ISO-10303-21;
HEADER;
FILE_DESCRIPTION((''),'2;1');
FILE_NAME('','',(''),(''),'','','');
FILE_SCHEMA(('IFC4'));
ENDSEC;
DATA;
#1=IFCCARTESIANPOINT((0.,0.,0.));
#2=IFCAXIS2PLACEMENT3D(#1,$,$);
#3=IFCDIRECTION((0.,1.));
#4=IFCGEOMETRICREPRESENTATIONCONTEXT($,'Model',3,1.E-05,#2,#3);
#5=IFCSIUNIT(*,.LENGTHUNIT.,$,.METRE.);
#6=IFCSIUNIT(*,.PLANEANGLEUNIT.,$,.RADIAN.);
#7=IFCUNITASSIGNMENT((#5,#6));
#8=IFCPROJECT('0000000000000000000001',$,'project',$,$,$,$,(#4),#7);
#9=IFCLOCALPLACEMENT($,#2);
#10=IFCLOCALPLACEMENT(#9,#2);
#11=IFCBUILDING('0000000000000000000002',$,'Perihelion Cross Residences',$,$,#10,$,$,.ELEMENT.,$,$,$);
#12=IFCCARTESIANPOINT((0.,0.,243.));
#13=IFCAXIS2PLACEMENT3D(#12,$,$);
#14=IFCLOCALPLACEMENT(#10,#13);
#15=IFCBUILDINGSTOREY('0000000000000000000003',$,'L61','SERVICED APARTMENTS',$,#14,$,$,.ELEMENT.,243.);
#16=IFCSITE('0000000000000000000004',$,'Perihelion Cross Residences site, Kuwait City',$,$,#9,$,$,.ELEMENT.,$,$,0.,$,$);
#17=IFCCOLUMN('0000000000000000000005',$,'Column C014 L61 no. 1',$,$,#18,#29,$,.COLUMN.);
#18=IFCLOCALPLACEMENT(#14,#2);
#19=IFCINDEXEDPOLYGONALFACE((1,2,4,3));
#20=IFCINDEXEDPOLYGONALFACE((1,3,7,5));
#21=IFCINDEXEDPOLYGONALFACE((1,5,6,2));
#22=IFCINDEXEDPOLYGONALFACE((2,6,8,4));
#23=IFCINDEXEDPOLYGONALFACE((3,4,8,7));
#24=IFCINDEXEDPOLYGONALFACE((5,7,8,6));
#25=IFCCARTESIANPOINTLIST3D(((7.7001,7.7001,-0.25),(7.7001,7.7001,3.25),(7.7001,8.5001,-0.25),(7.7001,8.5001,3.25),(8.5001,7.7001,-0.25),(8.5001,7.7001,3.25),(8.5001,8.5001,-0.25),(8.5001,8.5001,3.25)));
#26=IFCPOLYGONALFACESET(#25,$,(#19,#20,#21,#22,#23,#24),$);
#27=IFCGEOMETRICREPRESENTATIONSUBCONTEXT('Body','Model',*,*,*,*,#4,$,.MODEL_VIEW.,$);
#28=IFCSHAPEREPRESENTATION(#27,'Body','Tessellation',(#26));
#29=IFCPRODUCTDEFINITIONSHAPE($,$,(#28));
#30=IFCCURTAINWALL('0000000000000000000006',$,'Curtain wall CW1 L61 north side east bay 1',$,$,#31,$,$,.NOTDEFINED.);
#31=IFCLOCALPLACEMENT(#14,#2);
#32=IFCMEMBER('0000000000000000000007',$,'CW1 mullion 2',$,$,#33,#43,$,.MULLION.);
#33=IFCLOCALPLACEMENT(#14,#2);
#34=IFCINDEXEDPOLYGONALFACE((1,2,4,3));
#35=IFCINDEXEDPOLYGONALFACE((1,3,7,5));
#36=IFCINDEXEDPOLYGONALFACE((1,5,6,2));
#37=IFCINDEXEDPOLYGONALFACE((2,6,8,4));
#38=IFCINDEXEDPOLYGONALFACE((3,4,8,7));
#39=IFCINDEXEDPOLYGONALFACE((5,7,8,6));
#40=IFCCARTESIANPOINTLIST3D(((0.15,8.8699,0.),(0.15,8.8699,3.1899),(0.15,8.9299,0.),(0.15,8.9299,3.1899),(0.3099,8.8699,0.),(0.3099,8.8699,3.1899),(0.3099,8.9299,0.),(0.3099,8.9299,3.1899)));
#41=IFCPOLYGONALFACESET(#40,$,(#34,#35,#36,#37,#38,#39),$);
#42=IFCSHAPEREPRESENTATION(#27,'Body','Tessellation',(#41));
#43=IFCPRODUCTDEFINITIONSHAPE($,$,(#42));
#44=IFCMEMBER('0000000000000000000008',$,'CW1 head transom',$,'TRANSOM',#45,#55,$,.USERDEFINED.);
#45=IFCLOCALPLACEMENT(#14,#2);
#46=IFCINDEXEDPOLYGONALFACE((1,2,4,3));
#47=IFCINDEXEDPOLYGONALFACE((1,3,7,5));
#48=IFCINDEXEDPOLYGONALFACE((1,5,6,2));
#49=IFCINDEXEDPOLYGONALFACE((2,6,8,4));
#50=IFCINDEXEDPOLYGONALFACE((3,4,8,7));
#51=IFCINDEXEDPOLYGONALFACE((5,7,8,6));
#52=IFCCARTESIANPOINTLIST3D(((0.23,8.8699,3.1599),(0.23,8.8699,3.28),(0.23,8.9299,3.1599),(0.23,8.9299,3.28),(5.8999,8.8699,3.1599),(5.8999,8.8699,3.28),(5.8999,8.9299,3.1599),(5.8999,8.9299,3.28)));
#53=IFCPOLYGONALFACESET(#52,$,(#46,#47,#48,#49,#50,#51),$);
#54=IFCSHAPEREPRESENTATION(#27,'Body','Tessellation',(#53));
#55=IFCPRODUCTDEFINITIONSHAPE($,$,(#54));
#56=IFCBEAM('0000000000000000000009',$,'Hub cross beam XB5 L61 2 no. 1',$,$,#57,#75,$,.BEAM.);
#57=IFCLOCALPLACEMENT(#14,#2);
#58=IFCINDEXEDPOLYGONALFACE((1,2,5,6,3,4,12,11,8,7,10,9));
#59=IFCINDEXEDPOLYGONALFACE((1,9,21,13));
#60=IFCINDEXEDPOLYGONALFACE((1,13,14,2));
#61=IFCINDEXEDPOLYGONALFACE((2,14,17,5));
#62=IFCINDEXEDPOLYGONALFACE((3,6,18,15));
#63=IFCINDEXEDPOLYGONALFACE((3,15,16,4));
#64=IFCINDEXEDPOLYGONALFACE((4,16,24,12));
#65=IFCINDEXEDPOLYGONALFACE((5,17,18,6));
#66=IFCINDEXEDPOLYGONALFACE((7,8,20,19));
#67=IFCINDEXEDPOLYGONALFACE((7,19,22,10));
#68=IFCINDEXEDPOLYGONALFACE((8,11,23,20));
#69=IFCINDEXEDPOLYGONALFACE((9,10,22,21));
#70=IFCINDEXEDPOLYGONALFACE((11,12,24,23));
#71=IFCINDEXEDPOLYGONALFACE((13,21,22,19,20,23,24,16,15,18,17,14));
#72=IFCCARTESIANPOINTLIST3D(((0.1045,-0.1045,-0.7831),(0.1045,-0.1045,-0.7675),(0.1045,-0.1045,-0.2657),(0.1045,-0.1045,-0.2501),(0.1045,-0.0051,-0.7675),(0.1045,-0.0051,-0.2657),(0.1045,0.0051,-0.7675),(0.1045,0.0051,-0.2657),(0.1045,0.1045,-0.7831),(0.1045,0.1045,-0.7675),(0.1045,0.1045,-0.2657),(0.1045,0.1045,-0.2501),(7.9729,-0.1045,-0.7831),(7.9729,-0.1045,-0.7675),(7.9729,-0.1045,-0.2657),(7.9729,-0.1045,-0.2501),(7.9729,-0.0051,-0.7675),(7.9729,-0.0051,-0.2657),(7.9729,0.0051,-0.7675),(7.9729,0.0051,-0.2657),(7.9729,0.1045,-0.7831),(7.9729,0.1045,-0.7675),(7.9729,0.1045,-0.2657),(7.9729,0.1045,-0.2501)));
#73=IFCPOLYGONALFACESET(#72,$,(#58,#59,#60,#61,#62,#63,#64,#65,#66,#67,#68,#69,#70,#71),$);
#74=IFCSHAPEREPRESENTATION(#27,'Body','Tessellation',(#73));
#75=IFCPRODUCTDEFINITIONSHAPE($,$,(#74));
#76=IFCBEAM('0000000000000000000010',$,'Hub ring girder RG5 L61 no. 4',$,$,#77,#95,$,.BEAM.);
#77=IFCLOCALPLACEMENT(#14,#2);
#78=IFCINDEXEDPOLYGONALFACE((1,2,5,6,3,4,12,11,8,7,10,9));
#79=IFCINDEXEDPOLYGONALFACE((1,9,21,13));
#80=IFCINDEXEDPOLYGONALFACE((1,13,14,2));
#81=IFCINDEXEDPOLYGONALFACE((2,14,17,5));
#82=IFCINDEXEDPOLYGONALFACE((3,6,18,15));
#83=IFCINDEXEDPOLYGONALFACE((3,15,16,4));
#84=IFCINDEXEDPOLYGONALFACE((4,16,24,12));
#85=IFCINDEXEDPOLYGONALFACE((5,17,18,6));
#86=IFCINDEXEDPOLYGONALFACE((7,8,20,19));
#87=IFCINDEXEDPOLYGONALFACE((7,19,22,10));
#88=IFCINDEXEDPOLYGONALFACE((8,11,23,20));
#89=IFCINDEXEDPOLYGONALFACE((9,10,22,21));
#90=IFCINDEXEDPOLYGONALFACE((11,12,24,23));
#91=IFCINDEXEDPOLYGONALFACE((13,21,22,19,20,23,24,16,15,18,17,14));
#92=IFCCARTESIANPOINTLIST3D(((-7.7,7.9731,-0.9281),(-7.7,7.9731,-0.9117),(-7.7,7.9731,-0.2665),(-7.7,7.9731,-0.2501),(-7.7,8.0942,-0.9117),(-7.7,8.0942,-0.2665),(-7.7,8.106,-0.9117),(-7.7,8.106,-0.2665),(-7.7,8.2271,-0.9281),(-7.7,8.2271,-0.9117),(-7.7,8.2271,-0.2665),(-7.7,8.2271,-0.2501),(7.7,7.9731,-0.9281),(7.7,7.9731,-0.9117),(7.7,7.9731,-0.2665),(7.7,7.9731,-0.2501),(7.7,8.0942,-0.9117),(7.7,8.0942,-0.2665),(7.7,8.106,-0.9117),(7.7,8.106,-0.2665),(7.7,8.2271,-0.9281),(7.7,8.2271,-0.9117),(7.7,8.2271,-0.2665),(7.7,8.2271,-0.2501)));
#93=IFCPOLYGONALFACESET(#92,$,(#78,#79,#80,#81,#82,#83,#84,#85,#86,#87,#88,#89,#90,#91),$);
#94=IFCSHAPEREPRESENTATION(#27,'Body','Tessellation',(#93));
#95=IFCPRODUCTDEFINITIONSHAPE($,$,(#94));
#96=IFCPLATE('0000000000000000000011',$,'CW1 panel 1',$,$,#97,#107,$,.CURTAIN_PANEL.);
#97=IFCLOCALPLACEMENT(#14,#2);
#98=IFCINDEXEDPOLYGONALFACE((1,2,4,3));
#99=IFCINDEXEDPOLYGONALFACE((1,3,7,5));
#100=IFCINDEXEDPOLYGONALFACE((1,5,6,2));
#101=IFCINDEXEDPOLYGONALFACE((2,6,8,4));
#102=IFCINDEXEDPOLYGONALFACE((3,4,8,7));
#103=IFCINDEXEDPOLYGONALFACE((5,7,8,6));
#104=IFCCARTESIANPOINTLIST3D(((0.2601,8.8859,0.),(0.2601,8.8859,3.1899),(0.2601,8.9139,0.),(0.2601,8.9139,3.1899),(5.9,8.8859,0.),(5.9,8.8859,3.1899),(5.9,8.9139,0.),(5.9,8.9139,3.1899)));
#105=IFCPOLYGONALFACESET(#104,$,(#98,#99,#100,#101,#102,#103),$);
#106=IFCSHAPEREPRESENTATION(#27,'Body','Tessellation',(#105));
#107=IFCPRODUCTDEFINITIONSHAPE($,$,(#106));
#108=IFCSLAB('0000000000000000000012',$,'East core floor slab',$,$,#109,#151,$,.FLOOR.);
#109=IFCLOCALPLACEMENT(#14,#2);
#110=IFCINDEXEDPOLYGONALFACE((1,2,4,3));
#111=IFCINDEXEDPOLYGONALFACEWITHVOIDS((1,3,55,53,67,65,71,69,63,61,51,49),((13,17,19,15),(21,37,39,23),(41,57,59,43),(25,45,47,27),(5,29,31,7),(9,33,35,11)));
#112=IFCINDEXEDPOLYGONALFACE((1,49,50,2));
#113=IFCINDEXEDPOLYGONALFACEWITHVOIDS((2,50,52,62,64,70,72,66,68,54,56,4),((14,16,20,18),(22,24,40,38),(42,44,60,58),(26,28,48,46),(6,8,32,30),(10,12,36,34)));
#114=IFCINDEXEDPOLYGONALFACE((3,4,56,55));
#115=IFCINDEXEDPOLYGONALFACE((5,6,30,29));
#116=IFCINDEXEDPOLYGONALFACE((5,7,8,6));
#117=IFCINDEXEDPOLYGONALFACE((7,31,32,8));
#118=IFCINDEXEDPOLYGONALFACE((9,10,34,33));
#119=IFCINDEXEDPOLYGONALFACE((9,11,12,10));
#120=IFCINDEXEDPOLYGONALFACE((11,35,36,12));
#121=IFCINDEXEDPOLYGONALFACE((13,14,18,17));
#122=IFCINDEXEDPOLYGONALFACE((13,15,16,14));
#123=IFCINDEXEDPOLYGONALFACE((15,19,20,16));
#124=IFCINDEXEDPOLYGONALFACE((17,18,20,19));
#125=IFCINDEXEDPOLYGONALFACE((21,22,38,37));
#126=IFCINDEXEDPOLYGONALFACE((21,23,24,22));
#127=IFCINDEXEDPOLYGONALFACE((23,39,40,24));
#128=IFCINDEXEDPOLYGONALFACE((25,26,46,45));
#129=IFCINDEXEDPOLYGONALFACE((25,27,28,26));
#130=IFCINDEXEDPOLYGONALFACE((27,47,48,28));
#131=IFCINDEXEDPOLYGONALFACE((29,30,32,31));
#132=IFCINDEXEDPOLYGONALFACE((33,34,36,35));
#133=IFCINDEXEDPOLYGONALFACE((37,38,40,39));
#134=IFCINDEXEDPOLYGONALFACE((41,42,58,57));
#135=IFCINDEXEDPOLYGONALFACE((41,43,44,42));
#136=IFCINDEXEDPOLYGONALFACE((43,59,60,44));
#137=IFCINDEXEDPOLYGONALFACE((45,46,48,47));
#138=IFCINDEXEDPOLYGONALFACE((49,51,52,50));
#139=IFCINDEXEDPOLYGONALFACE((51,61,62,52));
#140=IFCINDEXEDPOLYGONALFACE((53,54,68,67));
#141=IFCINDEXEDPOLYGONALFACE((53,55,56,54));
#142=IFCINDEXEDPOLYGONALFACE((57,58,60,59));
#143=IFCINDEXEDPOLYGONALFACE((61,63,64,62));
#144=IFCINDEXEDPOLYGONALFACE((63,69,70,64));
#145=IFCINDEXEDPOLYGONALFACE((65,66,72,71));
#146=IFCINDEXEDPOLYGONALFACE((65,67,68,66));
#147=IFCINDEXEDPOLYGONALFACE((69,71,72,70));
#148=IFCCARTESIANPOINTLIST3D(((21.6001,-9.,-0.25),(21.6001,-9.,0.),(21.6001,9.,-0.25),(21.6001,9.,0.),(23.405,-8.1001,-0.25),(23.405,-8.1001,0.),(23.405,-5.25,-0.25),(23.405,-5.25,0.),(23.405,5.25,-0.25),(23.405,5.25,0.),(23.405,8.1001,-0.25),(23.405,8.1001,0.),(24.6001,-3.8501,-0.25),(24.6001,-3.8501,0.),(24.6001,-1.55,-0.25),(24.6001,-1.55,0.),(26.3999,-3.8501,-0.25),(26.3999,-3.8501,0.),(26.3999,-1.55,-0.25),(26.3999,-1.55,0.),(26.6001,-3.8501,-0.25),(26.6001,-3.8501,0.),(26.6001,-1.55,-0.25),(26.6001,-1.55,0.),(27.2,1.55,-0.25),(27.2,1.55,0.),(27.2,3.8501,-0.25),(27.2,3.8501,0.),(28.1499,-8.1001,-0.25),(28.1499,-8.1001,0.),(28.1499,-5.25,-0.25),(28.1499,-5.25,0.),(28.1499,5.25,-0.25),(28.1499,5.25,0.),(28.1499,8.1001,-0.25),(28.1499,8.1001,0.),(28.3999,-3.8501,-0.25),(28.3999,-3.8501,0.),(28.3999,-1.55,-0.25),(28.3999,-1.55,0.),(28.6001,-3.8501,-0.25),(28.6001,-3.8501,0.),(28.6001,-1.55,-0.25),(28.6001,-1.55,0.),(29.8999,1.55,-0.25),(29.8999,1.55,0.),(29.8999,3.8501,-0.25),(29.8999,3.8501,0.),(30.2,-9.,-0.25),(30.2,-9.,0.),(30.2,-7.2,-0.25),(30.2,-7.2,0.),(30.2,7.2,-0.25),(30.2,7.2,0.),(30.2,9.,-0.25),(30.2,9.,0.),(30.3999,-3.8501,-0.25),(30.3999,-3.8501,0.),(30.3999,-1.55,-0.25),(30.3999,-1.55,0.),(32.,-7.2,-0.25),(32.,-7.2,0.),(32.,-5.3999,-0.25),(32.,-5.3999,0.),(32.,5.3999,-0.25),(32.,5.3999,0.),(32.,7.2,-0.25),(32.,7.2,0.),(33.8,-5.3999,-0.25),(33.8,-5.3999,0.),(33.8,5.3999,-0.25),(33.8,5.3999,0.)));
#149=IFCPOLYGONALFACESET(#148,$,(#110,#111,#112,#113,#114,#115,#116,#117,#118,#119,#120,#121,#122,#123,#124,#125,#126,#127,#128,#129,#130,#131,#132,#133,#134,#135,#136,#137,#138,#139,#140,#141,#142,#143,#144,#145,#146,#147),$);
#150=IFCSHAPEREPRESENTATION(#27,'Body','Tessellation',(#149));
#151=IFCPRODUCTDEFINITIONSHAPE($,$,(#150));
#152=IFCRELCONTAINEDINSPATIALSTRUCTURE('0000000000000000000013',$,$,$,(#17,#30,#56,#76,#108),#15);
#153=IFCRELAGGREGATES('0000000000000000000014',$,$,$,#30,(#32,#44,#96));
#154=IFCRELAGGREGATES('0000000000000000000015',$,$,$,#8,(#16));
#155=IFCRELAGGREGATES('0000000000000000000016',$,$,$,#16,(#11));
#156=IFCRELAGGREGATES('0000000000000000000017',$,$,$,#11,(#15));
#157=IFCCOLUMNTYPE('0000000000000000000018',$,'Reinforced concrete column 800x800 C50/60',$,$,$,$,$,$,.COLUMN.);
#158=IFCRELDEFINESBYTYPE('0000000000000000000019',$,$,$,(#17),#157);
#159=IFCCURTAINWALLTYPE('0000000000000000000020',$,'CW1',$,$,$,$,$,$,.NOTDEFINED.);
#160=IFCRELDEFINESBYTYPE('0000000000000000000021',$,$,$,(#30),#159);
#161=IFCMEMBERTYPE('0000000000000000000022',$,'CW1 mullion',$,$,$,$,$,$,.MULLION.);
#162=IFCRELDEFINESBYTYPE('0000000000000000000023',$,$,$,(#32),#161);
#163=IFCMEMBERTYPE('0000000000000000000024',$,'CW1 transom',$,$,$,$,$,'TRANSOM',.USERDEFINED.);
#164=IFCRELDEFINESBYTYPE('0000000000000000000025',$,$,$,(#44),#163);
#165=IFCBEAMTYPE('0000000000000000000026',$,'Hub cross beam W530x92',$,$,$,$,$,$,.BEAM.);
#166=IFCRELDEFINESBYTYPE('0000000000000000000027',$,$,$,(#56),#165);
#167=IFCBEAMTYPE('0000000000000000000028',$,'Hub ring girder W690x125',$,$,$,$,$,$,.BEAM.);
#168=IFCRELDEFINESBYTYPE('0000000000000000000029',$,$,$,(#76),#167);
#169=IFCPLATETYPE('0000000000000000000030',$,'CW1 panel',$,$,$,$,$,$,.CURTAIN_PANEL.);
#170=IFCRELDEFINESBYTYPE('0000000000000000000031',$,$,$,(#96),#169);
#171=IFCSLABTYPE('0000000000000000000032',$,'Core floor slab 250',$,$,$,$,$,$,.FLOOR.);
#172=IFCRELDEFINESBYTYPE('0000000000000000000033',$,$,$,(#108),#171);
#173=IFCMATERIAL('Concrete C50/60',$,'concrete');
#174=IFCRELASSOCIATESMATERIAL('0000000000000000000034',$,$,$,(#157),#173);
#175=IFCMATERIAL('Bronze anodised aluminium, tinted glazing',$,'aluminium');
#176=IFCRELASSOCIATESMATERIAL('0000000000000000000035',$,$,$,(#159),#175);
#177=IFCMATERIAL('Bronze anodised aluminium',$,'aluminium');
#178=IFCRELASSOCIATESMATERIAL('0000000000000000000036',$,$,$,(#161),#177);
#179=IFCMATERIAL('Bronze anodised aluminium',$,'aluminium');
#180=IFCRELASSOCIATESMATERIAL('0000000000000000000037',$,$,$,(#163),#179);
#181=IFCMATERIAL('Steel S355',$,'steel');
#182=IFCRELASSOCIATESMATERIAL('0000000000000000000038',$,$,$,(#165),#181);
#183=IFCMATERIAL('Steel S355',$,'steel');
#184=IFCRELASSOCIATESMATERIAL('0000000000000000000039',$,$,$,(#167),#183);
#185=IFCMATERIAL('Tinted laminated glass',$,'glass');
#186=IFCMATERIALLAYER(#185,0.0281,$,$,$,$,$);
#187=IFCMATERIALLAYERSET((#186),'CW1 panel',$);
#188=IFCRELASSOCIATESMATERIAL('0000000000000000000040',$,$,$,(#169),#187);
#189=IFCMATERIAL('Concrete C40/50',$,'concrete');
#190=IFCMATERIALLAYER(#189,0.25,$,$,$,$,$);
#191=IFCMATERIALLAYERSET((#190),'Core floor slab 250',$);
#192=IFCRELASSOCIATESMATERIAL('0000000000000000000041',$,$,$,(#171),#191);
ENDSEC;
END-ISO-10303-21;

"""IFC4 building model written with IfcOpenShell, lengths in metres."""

from ifc_helpers import new_model, si_unit, direction, frame, origin, origin_2d, place, context, subcontext, project, spatial, polyline, rectangle, i_section, outline, extrude, material, layer, layer_set, material_profile, profile_set, type_object, element, aggregate, save


model = new_model("IFC4")

# Units and contexts
model_context = context("Model", 3, precision=1e-05, world=origin(), true_north=direction((0.0, 1.0)))
body_context = subcontext(model_context, "Body", "Model", "MODEL_VIEW")
ifc_project = project(units=[si_unit("LENGTHUNIT", "METRE"), si_unit("PLANEANGLEUNIT", "RADIAN")], contexts=[model_context])

# Site, building, storey
site_placement = place(None, origin())
site = spatial("IfcSite", under=ifc_project, at=site_placement, Name="Perihelion Cross Residences site, Kuwait City", CompositionType="ELEMENT", RefElevation=0.0)
building_placement = place(site_placement, origin())
building = spatial("IfcBuilding", under=site, at=building_placement, Name="Perihelion Cross Residences", CompositionType="ELEMENT")
storey_placement = place(building_placement, frame((0.0, 0.0, 243.0)))
storey = spatial("IfcBuildingStorey", under=building, at=storey_placement, Name="L61", Description="SERVICED APARTMENTS", CompositionType="ELEMENT", Elevation=243.0)

# Column
ifc_material_1 = material(Name="Concrete C50/60", Category="concrete")
ifc_material_profile_1 = material_profile(ifc_material_1, rectangle(XDim=0.8, YDim=0.8, at=origin_2d()), Name="RC 800x800")
ifc_profile_set_1 = profile_set([ifc_material_profile_1], Name="Concrete C50/60")
column_type = type_object("IfcColumnType", Name="Reinforced concrete column 800x800 C50/60", PredefinedType="COLUMN", material=ifc_profile_set_1)
column_placement = place(storey_placement, frame((8.1001, 8.1001, -0.25), z_axis=(0.0, 0.0, 1.0), x_axis=(1.0, 0.0, 0.0)))
element("IfcColumn", 1, at=column_placement, inside=storey, type_object=column_type, Name="Column C014 L61 no. 1", PredefinedType="COLUMN", context=body_context, shape_type="SweptSolid", body=[
    extrude(rectangle(XDim=0.8, YDim=0.8, at=origin_2d()), origin(), (0.0, 0.0, 1.0), 3.5),
])

# Curtain wall, members
ifc_material_2 = material(Name="Bronze anodised aluminium, tinted glazing", Category="aluminium")
curtain_wall_type = type_object("IfcCurtainWallType", Name="CW1", PredefinedType="NOTDEFINED", material=ifc_material_2)
curtain_wall_placement = place(storey_placement, origin())
curtain_wall = element("IfcCurtainWall", 2, at=curtain_wall_placement, inside=storey, type_object=curtain_wall_type, Name="Curtain wall CW1 L61 north side east bay 1", PredefinedType="NOTDEFINED")
ifc_material_3 = material(Name="Bronze anodised aluminium", Category="aluminium")
ifc_material_profile_2 = material_profile(ifc_material_3, rectangle(XDim=0.0601, YDim=0.1599, at=origin_2d()), Name="CW1 mullion")
ifc_profile_set_2 = profile_set([ifc_material_profile_2], Name="Bronze anodised aluminium")
member_type_1 = type_object("IfcMemberType", Name="CW1 mullion", PredefinedType="MULLION", material=ifc_profile_set_2)
member_1_placement = place(storey_placement, frame((0.23, 8.8999, 0.0), z_axis=(0.0, 0.0, 1.0), x_axis=(0.0, -1.0, 0.0)))
member_1 = element("IfcMember", 3, at=member_1_placement, type_object=member_type_1, Name="CW1 mullion 2", PredefinedType="MULLION", context=body_context, shape_type="SweptSolid", body=[
    extrude(rectangle(XDim=0.0601, YDim=0.1599, at=origin_2d()), origin(), (0.0, 0.0, 1.0), 3.1899),
])
ifc_material_4 = material(Name="Bronze anodised aluminium", Category="aluminium")
ifc_material_profile_3 = material_profile(ifc_material_4, rectangle(XDim=0.0601, YDim=0.1201, at=origin_2d()), Name="CW1 transom")
ifc_profile_set_3 = profile_set([ifc_material_profile_3], Name="Bronze anodised aluminium")
member_type_2 = type_object("IfcMemberType", Name="CW1 transom", ElementType="TRANSOM", PredefinedType="USERDEFINED", material=ifc_profile_set_3)
member_2_placement = place(storey_placement, frame((5.8999, 8.8999, 3.22), z_axis=(-1.0, 0.0, 0.0), x_axis=(0.0, -1.0, 0.0)))
member_2 = element("IfcMember", 4, at=member_2_placement, type_object=member_type_2, Name="CW1 head transom", ObjectType="TRANSOM", PredefinedType="USERDEFINED", context=body_context, shape_type="SweptSolid", body=[
    extrude(rectangle(XDim=0.0601, YDim=0.1201, at=origin_2d()), origin(), (0.0, 0.0, 1.0), 5.6699),
])

# Beams
ifc_material_5 = material(Name="Steel S355", Category="steel")
ifc_material_profile_4 = material_profile(ifc_material_5, i_section(OverallWidth=0.209, OverallDepth=0.533, WebThickness=0.0103, FlangeThickness=0.0156, at=origin_2d()), Name="W530x92")
ifc_profile_set_4 = profile_set([ifc_material_profile_4], Name="Steel S355")
beam_type_1 = type_object("IfcBeamType", Name="Hub cross beam W530x92", PredefinedType="BEAM", material=ifc_profile_set_4)
beam_1_placement = place(storey_placement, frame((0.1045, 0.0, -0.5166), z_axis=(1.0, 0.0, 0.0), x_axis=(0.0, 1.0, 0.0)))
element("IfcBeam", 5, at=beam_1_placement, inside=storey, type_object=beam_type_1, Name="Hub cross beam XB5 L61 2 no. 1", PredefinedType="BEAM", context=body_context, shape_type="SweptSolid", body=[
    extrude(i_section(OverallWidth=0.209, OverallDepth=0.533, WebThickness=0.0103, FlangeThickness=0.0156, at=origin_2d()), origin(), (0.0, 0.0, 1.0), 7.8684),
])
ifc_material_6 = material(Name="Steel S355", Category="steel")
ifc_material_profile_5 = material_profile(ifc_material_6, i_section(OverallWidth=0.2539, OverallDepth=0.678, WebThickness=0.0117, FlangeThickness=0.0164, at=origin_2d()), Name="W690x125")
ifc_profile_set_5 = profile_set([ifc_material_profile_5], Name="Steel S355")
beam_type_2 = type_object("IfcBeamType", Name="Hub ring girder W690x125", PredefinedType="BEAM", material=ifc_profile_set_5)
beam_2_placement = place(storey_placement, frame((7.7, 8.1001, -0.5891), z_axis=(-1.0, 0.0, 0.0), x_axis=(0.0, -1.0, 0.0)))
element("IfcBeam", 6, at=beam_2_placement, inside=storey, type_object=beam_type_2, Name="Hub ring girder RG5 L61 no. 4", PredefinedType="BEAM", context=body_context, shape_type="SweptSolid", body=[
    extrude(i_section(OverallWidth=0.2539, OverallDepth=0.678, WebThickness=0.0117, FlangeThickness=0.0164, at=origin_2d()), origin(), (0.0, 0.0, 1.0), 15.3999),
])

# Plate
ifc_material_7 = material(Name="Tinted laminated glass", Category="glass")
ifc_layer_1 = layer(ifc_material_7, 0.0281)
ifc_layer_set_1 = layer_set([ifc_layer_1], Name="CW1 panel")
plate_type = type_object("IfcPlateType", Name="CW1 panel", PredefinedType="CURTAIN_PANEL", material=ifc_layer_set_1)
plate_placement = place(storey_placement, frame((3.0801, 8.8999, 0.0), z_axis=(0.0, 0.0, 1.0), x_axis=(-1.0, 0.0, 0.0)))
plate = element("IfcPlate", 7, at=plate_placement, type_object=plate_type, Name="CW1 panel 1", PredefinedType="CURTAIN_PANEL", context=body_context, shape_type="SweptSolid", body=[
    extrude(rectangle(XDim=5.6399, YDim=0.0281, at=origin_2d()), origin(), (0.0, 0.0, 1.0), 3.1899),
])
aggregate(curtain_wall, [member_1, member_2, plate])

# Slab
ifc_material_8 = material(Name="Concrete C40/50", Category="concrete")
ifc_layer_2 = layer(ifc_material_8, 0.25)
ifc_layer_set_2 = layer_set([ifc_layer_2], Name="Core floor slab 250")
slab_type = type_object("IfcSlabType", Name="Core floor slab 250", PredefinedType="FLOOR", material=ifc_layer_set_2)
slab_1_placement = place(storey_placement, frame((0.0, 0.0, -0.25)))
element("IfcSlab", 8, at=slab_1_placement, inside=storey, type_object=slab_type, Name="East core floor slab", PredefinedType="FLOOR", context=body_context, shape_type="SweptSolid", body=[
    extrude(outline(polyline([(30.2, 7.2), (32.0, 7.2), (32.0, 5.3999), (33.8, 5.3999), (33.8, -5.3999), (32.0, -5.3999), (32.0, -7.2), (30.2, -7.2), (30.2, -9.0), (21.6001, -9.0), (21.6001, 9.0), (30.2, 9.0), (30.2, 7.2)]), holes=[polyline([(28.1499, -8.1001), (28.1499, -5.25), (23.405, -5.25), (23.405, -8.1001), (28.1499, -8.1001)]), polyline([(24.6001, -1.55), (24.6001, -3.8501), (26.3999, -3.8501), (26.3999, -1.55), (24.6001, -1.55)]), polyline([(26.6001, -1.55), (26.6001, -3.8501), (28.3999, -3.8501), (28.3999, -1.55), (26.6001, -1.55)]), polyline([(28.6001, -3.8501), (30.3999, -3.8501), (30.3999, -1.55), (28.6001, -1.55), (28.6001, -3.8501)]), polyline([(27.2, 3.8501), (27.2, 1.55), (29.8999, 1.55), (29.8999, 3.8501), (27.2, 3.8501)]), polyline([(23.405, 5.25), (28.1499, 5.25), (28.1499, 8.1001), (23.405, 8.1001), (23.405, 5.25)])]), origin(), (0.0, 0.0, 1.0), 0.25),
])

save(model, "model.ifc")
